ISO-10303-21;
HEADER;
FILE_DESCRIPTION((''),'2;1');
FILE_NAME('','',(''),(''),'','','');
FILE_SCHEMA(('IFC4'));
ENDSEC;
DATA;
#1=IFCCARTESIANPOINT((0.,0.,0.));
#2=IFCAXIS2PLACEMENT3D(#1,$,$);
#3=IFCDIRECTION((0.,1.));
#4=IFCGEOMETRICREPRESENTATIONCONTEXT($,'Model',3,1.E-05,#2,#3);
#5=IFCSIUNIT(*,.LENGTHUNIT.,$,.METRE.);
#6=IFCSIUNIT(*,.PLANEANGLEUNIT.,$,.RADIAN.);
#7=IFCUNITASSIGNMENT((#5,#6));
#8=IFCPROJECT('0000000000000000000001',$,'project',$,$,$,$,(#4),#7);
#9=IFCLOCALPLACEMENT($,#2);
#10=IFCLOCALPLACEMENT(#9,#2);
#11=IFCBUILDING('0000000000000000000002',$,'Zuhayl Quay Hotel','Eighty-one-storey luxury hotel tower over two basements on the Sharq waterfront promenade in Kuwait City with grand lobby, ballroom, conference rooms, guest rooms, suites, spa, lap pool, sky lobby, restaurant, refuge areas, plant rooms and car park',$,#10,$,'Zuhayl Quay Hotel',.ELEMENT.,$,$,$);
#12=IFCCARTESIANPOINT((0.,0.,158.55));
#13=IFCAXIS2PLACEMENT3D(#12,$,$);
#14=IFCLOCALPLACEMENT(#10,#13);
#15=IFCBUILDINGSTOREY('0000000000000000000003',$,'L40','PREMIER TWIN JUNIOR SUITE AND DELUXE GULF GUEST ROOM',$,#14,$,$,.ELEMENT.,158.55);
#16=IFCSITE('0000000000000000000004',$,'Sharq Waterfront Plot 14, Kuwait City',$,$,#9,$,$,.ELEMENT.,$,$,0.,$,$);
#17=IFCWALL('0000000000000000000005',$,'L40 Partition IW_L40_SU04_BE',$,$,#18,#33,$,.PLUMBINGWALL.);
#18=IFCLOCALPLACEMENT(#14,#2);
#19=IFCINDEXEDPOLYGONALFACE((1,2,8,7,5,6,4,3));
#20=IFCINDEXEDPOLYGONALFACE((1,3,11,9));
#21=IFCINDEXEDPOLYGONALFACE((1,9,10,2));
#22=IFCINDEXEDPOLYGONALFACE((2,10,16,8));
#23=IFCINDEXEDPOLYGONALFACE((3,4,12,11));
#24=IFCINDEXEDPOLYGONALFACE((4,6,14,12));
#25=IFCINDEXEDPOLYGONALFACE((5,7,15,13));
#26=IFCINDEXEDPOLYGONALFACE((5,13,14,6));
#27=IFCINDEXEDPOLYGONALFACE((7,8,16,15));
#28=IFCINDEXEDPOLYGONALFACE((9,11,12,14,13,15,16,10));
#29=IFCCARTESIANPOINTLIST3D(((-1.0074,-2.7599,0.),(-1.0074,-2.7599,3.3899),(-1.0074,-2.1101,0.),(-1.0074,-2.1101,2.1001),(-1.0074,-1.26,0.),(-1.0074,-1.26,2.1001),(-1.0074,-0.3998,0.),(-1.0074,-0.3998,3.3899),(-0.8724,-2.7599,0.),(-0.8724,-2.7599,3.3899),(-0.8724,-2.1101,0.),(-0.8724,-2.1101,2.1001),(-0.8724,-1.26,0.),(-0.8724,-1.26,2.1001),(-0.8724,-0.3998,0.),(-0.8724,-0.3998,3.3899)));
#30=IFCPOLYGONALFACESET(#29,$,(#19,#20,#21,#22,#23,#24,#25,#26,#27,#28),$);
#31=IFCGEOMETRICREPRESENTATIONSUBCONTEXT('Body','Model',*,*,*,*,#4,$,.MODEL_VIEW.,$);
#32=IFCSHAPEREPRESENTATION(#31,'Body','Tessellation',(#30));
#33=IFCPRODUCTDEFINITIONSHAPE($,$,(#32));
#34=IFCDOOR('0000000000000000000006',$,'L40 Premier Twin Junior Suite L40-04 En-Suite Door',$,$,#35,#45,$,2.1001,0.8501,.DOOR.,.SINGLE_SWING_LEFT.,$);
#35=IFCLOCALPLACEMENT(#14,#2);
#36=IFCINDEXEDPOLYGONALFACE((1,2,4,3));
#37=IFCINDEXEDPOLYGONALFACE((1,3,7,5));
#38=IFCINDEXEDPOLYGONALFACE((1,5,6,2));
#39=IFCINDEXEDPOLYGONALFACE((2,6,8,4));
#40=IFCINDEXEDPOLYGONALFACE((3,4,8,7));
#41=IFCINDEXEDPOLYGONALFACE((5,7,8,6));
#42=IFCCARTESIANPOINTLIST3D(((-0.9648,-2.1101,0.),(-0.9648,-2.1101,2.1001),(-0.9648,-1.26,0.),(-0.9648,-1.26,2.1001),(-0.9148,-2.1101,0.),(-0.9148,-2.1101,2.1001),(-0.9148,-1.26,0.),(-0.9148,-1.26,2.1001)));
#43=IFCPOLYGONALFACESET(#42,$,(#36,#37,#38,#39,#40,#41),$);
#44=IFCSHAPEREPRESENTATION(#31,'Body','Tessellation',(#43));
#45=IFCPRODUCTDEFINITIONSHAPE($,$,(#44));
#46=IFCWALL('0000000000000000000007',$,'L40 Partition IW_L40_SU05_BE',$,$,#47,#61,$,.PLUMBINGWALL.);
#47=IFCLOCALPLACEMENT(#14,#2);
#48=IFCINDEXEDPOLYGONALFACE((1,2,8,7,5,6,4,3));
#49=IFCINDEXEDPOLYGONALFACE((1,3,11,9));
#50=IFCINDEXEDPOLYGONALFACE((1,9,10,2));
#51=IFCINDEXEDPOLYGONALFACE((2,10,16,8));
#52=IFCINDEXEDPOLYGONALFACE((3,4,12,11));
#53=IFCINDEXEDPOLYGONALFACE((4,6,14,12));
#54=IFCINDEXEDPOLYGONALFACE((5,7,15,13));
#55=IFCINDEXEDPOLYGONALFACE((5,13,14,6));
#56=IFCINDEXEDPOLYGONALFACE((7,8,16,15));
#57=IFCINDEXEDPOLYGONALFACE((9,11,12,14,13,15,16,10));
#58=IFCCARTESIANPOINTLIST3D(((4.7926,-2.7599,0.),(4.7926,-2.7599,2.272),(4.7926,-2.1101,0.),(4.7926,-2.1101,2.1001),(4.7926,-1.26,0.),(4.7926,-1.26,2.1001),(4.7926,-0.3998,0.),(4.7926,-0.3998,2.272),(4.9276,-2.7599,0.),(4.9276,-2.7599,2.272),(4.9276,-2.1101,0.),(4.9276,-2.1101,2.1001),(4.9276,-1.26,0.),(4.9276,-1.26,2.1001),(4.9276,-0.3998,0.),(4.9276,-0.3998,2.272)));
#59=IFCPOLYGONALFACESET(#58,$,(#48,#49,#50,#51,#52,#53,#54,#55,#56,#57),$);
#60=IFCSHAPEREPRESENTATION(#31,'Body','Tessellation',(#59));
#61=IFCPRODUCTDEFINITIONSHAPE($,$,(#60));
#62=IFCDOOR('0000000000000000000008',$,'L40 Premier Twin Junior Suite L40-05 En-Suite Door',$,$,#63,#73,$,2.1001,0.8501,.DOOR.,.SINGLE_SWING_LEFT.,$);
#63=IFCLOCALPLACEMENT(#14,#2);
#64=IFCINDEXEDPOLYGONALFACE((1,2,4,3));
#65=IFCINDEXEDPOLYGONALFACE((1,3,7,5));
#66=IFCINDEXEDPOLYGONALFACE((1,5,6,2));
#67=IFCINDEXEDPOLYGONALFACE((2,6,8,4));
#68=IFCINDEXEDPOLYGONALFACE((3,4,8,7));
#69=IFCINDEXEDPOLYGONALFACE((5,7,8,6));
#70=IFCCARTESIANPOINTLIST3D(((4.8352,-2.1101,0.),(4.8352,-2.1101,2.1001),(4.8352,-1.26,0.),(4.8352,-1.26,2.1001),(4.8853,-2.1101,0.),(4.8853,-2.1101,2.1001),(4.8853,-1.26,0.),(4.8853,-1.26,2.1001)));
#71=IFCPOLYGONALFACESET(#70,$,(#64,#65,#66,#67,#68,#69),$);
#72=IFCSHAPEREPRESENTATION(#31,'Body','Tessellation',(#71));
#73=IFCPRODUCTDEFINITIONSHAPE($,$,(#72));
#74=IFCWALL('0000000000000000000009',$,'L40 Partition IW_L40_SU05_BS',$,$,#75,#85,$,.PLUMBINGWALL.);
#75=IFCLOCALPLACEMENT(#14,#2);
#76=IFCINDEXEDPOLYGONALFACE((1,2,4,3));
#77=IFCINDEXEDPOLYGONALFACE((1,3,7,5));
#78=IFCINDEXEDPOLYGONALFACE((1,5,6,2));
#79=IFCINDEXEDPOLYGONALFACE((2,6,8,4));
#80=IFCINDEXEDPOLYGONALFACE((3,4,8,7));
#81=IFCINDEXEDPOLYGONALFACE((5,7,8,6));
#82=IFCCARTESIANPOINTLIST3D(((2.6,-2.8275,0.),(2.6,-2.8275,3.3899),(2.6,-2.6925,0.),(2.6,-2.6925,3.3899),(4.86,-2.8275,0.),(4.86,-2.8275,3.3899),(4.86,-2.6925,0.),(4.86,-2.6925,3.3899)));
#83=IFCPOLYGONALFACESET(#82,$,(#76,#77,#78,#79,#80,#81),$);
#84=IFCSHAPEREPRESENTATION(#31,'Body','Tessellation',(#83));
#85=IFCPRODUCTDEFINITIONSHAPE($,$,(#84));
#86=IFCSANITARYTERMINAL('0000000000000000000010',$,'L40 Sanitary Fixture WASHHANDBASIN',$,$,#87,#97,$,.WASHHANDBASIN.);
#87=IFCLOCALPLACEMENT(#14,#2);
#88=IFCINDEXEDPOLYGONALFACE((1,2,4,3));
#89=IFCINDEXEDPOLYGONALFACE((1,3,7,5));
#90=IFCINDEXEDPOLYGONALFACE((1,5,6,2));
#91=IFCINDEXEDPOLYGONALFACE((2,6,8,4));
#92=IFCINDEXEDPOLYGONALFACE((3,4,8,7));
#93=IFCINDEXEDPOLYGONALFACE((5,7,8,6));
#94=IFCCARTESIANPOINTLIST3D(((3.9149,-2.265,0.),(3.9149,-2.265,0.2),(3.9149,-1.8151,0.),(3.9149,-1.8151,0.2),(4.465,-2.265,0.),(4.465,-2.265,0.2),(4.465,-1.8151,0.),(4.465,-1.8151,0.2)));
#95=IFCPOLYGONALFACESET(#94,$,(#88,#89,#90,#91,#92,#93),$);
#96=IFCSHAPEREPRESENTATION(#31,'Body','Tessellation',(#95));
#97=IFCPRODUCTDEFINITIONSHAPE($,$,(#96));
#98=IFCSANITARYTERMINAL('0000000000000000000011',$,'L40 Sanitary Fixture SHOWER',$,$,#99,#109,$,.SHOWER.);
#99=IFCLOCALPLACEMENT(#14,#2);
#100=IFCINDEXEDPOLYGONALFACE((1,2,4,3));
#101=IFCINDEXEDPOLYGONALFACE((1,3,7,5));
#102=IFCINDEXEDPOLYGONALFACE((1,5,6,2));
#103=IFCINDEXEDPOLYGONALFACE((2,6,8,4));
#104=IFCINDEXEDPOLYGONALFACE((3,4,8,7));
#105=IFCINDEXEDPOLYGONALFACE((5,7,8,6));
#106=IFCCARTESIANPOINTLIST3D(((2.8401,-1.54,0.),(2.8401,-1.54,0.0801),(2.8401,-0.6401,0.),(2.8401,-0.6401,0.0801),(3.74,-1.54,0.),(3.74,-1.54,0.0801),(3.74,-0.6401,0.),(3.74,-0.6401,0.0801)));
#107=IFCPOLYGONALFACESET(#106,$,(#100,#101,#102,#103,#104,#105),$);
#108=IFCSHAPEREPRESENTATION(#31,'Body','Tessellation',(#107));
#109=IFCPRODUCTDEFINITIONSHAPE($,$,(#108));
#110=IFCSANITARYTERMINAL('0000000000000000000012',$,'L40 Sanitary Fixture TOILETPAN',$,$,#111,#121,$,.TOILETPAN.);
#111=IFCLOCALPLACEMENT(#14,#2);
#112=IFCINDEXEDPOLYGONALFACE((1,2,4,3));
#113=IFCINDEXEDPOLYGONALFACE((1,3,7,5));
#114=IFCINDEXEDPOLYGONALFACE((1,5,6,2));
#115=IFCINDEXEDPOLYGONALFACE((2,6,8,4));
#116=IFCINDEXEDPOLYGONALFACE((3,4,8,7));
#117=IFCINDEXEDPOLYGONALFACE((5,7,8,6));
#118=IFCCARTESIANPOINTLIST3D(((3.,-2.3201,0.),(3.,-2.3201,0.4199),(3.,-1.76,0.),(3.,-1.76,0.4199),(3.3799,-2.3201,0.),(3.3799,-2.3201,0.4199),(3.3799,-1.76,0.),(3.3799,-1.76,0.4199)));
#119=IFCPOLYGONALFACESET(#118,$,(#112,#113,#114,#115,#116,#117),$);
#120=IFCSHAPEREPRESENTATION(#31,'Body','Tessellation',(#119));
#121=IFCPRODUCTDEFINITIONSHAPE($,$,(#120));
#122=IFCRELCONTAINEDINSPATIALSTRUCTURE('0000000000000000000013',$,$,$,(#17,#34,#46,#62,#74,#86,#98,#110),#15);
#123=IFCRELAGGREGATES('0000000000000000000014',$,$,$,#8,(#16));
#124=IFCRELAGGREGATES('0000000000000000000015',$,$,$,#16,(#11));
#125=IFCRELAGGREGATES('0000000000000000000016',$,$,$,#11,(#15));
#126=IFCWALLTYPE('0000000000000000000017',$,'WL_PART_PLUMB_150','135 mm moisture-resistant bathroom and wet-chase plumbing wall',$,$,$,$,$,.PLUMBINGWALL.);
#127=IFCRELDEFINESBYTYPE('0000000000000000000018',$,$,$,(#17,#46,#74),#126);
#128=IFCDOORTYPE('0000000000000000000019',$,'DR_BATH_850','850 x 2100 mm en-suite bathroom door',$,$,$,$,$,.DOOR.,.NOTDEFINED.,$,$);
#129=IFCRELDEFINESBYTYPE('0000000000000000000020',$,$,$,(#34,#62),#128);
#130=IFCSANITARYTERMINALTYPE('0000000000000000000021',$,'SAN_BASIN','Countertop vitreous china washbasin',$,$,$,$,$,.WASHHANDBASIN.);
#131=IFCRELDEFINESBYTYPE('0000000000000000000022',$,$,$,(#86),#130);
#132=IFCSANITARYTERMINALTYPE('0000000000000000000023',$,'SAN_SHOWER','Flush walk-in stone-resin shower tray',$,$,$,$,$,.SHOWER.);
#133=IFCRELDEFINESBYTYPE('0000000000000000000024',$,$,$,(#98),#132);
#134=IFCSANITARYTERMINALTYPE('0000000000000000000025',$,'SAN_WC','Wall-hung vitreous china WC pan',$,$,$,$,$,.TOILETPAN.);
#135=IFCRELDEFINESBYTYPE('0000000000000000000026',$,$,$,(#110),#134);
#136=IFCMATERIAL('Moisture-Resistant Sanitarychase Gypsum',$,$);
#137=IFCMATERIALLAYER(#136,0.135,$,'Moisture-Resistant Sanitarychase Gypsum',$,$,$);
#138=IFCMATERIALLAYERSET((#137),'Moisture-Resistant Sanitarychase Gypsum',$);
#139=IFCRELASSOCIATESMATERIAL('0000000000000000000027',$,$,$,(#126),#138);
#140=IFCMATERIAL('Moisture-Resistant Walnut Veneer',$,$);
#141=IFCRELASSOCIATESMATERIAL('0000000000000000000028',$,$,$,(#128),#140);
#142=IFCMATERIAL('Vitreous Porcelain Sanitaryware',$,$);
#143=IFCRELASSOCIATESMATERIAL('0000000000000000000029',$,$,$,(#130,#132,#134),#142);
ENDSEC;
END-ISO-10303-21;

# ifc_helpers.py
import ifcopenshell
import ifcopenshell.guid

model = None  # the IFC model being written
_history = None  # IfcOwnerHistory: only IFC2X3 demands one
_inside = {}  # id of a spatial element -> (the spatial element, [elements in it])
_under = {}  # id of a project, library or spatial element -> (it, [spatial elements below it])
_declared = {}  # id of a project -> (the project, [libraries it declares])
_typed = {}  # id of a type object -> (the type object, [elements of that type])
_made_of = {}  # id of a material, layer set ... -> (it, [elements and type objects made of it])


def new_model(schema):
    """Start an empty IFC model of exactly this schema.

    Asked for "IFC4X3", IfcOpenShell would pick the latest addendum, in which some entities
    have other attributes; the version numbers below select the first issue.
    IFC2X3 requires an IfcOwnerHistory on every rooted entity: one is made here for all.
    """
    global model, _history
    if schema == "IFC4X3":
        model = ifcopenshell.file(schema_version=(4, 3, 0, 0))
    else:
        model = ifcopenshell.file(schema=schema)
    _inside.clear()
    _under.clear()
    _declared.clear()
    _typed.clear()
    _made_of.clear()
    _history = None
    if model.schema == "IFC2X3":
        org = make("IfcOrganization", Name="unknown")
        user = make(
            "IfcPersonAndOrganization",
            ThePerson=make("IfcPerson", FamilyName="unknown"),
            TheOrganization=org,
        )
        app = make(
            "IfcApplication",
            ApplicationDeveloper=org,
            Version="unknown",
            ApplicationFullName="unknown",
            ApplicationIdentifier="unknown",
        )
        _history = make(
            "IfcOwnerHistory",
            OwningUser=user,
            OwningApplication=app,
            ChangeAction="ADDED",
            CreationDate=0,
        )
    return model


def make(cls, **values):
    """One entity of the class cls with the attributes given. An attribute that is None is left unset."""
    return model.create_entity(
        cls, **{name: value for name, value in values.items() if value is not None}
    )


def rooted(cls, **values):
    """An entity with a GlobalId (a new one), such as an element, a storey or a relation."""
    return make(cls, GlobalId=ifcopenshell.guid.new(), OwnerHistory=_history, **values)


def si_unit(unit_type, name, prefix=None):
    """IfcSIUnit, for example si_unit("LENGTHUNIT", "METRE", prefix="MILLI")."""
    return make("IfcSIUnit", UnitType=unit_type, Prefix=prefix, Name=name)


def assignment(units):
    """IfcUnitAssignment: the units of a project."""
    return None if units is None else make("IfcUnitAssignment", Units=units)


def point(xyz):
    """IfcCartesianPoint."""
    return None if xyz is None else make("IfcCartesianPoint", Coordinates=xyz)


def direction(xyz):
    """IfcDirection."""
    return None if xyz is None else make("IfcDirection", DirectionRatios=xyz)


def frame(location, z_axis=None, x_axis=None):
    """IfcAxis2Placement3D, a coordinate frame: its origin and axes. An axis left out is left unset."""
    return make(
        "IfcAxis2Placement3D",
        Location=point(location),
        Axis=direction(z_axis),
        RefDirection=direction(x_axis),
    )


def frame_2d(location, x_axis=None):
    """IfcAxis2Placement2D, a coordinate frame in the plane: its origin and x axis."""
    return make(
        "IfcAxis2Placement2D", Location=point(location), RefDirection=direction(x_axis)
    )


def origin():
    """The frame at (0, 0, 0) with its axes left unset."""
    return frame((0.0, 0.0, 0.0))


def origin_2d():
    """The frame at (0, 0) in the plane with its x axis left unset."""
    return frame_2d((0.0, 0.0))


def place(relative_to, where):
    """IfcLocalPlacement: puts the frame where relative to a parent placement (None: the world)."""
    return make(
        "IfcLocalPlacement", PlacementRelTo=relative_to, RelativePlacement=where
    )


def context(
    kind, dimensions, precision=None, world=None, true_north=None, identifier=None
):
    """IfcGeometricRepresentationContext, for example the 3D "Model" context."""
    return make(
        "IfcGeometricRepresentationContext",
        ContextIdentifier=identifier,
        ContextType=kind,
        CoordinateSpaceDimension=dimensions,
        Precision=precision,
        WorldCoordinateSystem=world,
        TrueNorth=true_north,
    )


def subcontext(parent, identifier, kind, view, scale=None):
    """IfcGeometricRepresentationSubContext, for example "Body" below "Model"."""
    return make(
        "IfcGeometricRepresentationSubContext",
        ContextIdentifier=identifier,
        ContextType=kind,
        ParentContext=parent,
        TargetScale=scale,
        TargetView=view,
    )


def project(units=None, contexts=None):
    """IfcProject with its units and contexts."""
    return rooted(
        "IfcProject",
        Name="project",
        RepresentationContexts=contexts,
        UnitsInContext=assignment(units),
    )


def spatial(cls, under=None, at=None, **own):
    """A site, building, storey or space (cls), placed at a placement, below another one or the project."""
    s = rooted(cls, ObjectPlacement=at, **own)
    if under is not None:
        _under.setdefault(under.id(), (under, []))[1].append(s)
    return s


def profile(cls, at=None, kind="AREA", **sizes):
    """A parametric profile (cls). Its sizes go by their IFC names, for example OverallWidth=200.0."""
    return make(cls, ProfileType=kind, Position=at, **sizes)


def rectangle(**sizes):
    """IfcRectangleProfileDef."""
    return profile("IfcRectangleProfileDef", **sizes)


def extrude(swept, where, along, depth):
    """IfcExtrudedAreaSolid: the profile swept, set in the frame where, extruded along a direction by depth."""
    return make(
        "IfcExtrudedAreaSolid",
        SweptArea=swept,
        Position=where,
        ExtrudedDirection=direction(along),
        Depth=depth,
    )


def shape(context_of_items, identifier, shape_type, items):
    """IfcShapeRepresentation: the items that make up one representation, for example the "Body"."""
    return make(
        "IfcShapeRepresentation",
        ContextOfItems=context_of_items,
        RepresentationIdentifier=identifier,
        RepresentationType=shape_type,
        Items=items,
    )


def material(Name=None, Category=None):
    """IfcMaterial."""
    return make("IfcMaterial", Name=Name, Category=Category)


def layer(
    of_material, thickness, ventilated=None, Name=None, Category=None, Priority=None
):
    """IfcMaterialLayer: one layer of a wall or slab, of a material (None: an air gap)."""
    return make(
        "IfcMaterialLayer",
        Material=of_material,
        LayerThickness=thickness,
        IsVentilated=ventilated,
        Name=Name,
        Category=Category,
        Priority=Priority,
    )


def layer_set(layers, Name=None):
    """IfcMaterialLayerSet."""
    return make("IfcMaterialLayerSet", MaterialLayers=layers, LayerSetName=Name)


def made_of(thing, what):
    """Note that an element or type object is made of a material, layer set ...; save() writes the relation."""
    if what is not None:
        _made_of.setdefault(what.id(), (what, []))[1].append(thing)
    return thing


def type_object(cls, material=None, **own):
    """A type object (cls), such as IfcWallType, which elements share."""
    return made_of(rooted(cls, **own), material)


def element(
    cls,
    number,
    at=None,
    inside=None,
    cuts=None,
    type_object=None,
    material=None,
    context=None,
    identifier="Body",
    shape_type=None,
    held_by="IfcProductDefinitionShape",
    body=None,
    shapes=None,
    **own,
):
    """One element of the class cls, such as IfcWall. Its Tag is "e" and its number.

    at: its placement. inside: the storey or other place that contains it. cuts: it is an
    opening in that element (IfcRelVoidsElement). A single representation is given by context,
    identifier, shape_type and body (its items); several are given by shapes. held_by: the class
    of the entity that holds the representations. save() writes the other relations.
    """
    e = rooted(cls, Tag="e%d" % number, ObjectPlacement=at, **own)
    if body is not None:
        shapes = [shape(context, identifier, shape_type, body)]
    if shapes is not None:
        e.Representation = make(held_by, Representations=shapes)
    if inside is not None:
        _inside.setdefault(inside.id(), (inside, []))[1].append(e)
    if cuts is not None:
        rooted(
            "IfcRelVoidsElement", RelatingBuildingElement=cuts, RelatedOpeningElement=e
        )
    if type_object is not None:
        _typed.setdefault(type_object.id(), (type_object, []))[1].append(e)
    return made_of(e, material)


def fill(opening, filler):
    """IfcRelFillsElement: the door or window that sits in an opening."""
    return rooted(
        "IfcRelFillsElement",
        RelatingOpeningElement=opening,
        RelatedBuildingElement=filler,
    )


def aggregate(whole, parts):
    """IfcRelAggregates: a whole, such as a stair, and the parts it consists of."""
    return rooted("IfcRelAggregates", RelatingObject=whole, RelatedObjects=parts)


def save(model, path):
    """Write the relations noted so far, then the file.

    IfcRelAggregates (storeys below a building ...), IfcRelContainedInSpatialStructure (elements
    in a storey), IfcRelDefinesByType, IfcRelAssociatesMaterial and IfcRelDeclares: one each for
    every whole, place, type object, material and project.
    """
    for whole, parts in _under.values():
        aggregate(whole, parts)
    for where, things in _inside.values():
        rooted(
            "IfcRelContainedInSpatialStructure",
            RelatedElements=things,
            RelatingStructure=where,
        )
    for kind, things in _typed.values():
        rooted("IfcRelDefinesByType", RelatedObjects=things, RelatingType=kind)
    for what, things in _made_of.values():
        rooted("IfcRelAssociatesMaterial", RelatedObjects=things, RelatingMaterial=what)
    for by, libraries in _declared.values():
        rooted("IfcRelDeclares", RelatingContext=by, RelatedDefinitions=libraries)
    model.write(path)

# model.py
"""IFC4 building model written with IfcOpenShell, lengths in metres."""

from ifc_helpers import new_model, si_unit, direction, frame, frame_2d, origin, origin_2d, place, context, subcontext, project, spatial, rectangle, extrude, material, layer, layer_set, type_object, element, fill, save


model = new_model("IFC4")

# Units and contexts
model_context = context("Model", 3, precision=1e-05, world=origin(), true_north=direction((0.0, 1.0)))
body_context = subcontext(model_context, "Body", "Model", "MODEL_VIEW")
ifc_project = project(units=[si_unit("LENGTHUNIT", "METRE"), si_unit("PLANEANGLEUNIT", "RADIAN")], contexts=[model_context])

# Site, building, storey
site_placement = place(None, origin())
site = spatial("IfcSite", under=ifc_project, at=site_placement, Name="Sharq Waterfront Plot 14, Kuwait City", CompositionType="ELEMENT", RefElevation=0.0)
building_placement = place(site_placement, origin())
building = spatial("IfcBuilding", under=site, at=building_placement, Name="Zuhayl Quay Hotel", Description="Eighty-one-storey luxury hotel tower over two basements on the Sharq waterfront promenade in Kuwait City with grand lobby, ballroom, conference rooms, guest rooms, suites, spa, lap pool, sky lobby, restaurant, refuge areas, plant rooms and car park", LongName="Zuhayl Quay Hotel", CompositionType="ELEMENT")
storey_placement = place(building_placement, frame((0.0, 0.0, 158.55)))
storey = spatial("IfcBuildingStorey", under=building, at=storey_placement, Name="L40", Description="PREMIER TWIN JUNIOR SUITE AND DELUXE GULF GUEST ROOM", CompositionType="ELEMENT", Elevation=158.55)

# Walls, openings, doors
ifc_material_1 = material(Name="Moisture-Resistant Sanitarychase Gypsum")
ifc_layer_1 = layer(ifc_material_1, 0.135, Name="Moisture-Resistant Sanitarychase Gypsum")
ifc_layer_set_1 = layer_set([ifc_layer_1], Name="Moisture-Resistant Sanitarychase Gypsum")
wall_type_1 = type_object("IfcWallType", Name="WL_PART_PLUMB_150", Description="135 mm moisture-resistant bathroom and wet-chase plumbing wall", PredefinedType="PLUMBINGWALL", material=ifc_layer_set_1)
wall_1_placement = place(storey_placement, frame((-0.9399, -2.76, 0.0), z_axis=(0.0, 0.0, 1.0), x_axis=(0.0, 1.0, 0.0)))
wall_1 = element("IfcWall", 1, at=wall_1_placement, inside=storey, type_object=wall_type_1, Name="L40 Partition IW_L40_SU04_BE", PredefinedType="PLUMBINGWALL", context=body_context, shape_type="SweptSolid", body=[
    extrude(rectangle(XDim=2.3601, YDim=0.135, at=frame_2d((1.1802, 0.0))), origin(), (0.0, 0.0, 1.0), 3.3899),
])
opening_1_placement = place(wall_1_placement, frame((0.6499, 0.0, 0.0)))
opening_1 = element("IfcOpeningElement", 2, at=opening_1_placement, cuts=wall_1, PredefinedType="OPENING", context=body_context, shape_type="SweptSolid", body=[
    extrude(rectangle(XDim=0.8501, YDim=2.1001, at=frame_2d((0.425, 1.05))), frame((0.0, 0.0774, 0.0), z_axis=(0.0, -1.0, 0.0), x_axis=(1.0, 0.0, 0.0)), (0.0, 0.0, 1.0), 0.155),
])
ifc_material_2 = material(Name="Moisture-Resistant Walnut Veneer")
door_type_1 = type_object("IfcDoorType", Name="DR_BATH_850", Description="850 x 2100 mm en-suite bathroom door", OperationType="NOTDEFINED", PredefinedType="DOOR", material=ifc_material_2)
door_1_placement = place(opening_1_placement, origin())
door_1 = element("IfcDoor", 3, at=door_1_placement, inside=storey, type_object=door_type_1, Name="L40 Premier Twin Junior Suite L40-04 En-Suite Door", OperationType="SINGLE_SWING_LEFT", OverallHeight=2.1001, OverallWidth=0.8501, PredefinedType="DOOR", context=body_context, shape_type="SweptSolid", body=[
    extrude(rectangle(XDim=0.8501, YDim=2.1001, at=frame_2d((0.425, 1.05))), frame((0.0, 0.0249, 0.0), z_axis=(0.0, -1.0, 0.0), x_axis=(1.0, 0.0, 0.0)), (0.0, 0.0, 1.0), 0.05),
])
fill(opening_1, door_1)
wall_2_placement = place(storey_placement, frame((4.8601, -2.76, 0.0), z_axis=(0.0, 0.0, 1.0), x_axis=(0.0, 1.0, 0.0)))
wall_2 = element("IfcWall", 4, at=wall_2_placement, inside=storey, type_object=wall_type_1, Name="L40 Partition IW_L40_SU05_BE", PredefinedType="PLUMBINGWALL", context=body_context, shape_type="SweptSolid", body=[
    extrude(rectangle(XDim=2.3601, YDim=0.135, at=frame_2d((1.1802, 0.0))), origin(), (0.0, 0.0, 1.0), 2.272),
])
opening_2_placement = place(wall_2_placement, frame((0.6499, 0.0, 0.0)))
opening_2 = element("IfcOpeningElement", 5, at=opening_2_placement, cuts=wall_2, PredefinedType="OPENING", context=body_context, shape_type="SweptSolid", body=[
    extrude(rectangle(XDim=0.8501, YDim=2.1001, at=frame_2d((0.425, 1.05))), frame((0.0, 0.0774, 0.0), z_axis=(0.0, -1.0, 0.0), x_axis=(1.0, 0.0, 0.0)), (0.0, 0.0, 1.0), 0.155),
])
door_2_placement = place(opening_2_placement, origin())
door_2 = element("IfcDoor", 6, at=door_2_placement, inside=storey, type_object=door_type_1, Name="L40 Premier Twin Junior Suite L40-05 En-Suite Door", OperationType="SINGLE_SWING_LEFT", OverallHeight=2.1001, OverallWidth=0.8501, PredefinedType="DOOR", context=body_context, shape_type="SweptSolid", body=[
    extrude(rectangle(XDim=0.8501, YDim=2.1001, at=frame_2d((0.425, 1.05))), frame((0.0, 0.0249, 0.0), z_axis=(0.0, -1.0, 0.0), x_axis=(1.0, 0.0, 0.0)), (0.0, 0.0, 1.0), 0.05),
])
fill(opening_2, door_2)

# Wall
wall_3_placement = place(storey_placement, frame((2.6001, -2.76, 0.0), z_axis=(0.0, 0.0, 1.0), x_axis=(1.0, 0.0, 0.0)))
element("IfcWall", 7, at=wall_3_placement, inside=storey, type_object=wall_type_1, Name="L40 Partition IW_L40_SU05_BS", PredefinedType="PLUMBINGWALL", context=body_context, shape_type="SweptSolid", body=[
    extrude(rectangle(XDim=2.26, YDim=0.135, at=frame_2d((1.1299, 0.0))), origin(), (0.0, 0.0, 1.0), 3.3899),
])

# Sanitary terminals
ifc_material_3 = material(Name="Vitreous Porcelain Sanitaryware")
sanitary_terminal_type_1 = type_object("IfcSanitaryTerminalType", Name="SAN_BASIN", Description="Countertop vitreous china washbasin", PredefinedType="WASHHANDBASIN", material=ifc_material_3)
sanitary_terminal_1_placement = place(storey_placement, frame((4.1899, -2.04, 0.0), z_axis=(0.0, 0.0, 1.0), x_axis=(1.0, 0.0, 0.0)))
element("IfcSanitaryTerminal", 8, at=sanitary_terminal_1_placement, inside=storey, type_object=sanitary_terminal_type_1, Name="L40 Sanitary Fixture WASHHANDBASIN", PredefinedType="WASHHANDBASIN", context=body_context, shape_type="SweptSolid", body=[
    extrude(rectangle(XDim=0.55, YDim=0.45, at=origin_2d()), origin(), (0.0, 0.0, 1.0), 0.2),
])
sanitary_terminal_type_2 = type_object("IfcSanitaryTerminalType", Name="SAN_SHOWER", Description="Flush walk-in stone-resin shower tray", PredefinedType="SHOWER", material=ifc_material_3)
sanitary_terminal_2_placement = place(storey_placement, frame((3.29, -1.0901, 0.0), z_axis=(0.0, 0.0, 1.0), x_axis=(1.0, 0.0, 0.0)))
element("IfcSanitaryTerminal", 9, at=sanitary_terminal_2_placement, inside=storey, type_object=sanitary_terminal_type_2, Name="L40 Sanitary Fixture SHOWER", PredefinedType="SHOWER", context=body_context, shape_type="SweptSolid", body=[
    extrude(rectangle(XDim=0.8999, YDim=0.8999, at=origin_2d()), origin(), (0.0, 0.0, 1.0), 0.0801),
])
sanitary_terminal_type_3 = type_object("IfcSanitaryTerminalType", Name="SAN_WC", Description="Wall-hung vitreous china WC pan", PredefinedType="TOILETPAN", material=ifc_material_3)
sanitary_terminal_3_placement = place(storey_placement, frame((3.1899, -2.04, 0.0), z_axis=(0.0, 0.0, 1.0), x_axis=(1.0, 0.0, 0.0)))
element("IfcSanitaryTerminal", 10, at=sanitary_terminal_3_placement, inside=storey, type_object=sanitary_terminal_type_3, Name="L40 Sanitary Fixture TOILETPAN", PredefinedType="TOILETPAN", context=body_context, shape_type="SweptSolid", body=[
    extrude(rectangle(XDim=0.3799, YDim=0.5601, at=origin_2d()), origin(), (0.0, 0.0, 1.0), 0.4199),
])

save(model, "model.ifc")
